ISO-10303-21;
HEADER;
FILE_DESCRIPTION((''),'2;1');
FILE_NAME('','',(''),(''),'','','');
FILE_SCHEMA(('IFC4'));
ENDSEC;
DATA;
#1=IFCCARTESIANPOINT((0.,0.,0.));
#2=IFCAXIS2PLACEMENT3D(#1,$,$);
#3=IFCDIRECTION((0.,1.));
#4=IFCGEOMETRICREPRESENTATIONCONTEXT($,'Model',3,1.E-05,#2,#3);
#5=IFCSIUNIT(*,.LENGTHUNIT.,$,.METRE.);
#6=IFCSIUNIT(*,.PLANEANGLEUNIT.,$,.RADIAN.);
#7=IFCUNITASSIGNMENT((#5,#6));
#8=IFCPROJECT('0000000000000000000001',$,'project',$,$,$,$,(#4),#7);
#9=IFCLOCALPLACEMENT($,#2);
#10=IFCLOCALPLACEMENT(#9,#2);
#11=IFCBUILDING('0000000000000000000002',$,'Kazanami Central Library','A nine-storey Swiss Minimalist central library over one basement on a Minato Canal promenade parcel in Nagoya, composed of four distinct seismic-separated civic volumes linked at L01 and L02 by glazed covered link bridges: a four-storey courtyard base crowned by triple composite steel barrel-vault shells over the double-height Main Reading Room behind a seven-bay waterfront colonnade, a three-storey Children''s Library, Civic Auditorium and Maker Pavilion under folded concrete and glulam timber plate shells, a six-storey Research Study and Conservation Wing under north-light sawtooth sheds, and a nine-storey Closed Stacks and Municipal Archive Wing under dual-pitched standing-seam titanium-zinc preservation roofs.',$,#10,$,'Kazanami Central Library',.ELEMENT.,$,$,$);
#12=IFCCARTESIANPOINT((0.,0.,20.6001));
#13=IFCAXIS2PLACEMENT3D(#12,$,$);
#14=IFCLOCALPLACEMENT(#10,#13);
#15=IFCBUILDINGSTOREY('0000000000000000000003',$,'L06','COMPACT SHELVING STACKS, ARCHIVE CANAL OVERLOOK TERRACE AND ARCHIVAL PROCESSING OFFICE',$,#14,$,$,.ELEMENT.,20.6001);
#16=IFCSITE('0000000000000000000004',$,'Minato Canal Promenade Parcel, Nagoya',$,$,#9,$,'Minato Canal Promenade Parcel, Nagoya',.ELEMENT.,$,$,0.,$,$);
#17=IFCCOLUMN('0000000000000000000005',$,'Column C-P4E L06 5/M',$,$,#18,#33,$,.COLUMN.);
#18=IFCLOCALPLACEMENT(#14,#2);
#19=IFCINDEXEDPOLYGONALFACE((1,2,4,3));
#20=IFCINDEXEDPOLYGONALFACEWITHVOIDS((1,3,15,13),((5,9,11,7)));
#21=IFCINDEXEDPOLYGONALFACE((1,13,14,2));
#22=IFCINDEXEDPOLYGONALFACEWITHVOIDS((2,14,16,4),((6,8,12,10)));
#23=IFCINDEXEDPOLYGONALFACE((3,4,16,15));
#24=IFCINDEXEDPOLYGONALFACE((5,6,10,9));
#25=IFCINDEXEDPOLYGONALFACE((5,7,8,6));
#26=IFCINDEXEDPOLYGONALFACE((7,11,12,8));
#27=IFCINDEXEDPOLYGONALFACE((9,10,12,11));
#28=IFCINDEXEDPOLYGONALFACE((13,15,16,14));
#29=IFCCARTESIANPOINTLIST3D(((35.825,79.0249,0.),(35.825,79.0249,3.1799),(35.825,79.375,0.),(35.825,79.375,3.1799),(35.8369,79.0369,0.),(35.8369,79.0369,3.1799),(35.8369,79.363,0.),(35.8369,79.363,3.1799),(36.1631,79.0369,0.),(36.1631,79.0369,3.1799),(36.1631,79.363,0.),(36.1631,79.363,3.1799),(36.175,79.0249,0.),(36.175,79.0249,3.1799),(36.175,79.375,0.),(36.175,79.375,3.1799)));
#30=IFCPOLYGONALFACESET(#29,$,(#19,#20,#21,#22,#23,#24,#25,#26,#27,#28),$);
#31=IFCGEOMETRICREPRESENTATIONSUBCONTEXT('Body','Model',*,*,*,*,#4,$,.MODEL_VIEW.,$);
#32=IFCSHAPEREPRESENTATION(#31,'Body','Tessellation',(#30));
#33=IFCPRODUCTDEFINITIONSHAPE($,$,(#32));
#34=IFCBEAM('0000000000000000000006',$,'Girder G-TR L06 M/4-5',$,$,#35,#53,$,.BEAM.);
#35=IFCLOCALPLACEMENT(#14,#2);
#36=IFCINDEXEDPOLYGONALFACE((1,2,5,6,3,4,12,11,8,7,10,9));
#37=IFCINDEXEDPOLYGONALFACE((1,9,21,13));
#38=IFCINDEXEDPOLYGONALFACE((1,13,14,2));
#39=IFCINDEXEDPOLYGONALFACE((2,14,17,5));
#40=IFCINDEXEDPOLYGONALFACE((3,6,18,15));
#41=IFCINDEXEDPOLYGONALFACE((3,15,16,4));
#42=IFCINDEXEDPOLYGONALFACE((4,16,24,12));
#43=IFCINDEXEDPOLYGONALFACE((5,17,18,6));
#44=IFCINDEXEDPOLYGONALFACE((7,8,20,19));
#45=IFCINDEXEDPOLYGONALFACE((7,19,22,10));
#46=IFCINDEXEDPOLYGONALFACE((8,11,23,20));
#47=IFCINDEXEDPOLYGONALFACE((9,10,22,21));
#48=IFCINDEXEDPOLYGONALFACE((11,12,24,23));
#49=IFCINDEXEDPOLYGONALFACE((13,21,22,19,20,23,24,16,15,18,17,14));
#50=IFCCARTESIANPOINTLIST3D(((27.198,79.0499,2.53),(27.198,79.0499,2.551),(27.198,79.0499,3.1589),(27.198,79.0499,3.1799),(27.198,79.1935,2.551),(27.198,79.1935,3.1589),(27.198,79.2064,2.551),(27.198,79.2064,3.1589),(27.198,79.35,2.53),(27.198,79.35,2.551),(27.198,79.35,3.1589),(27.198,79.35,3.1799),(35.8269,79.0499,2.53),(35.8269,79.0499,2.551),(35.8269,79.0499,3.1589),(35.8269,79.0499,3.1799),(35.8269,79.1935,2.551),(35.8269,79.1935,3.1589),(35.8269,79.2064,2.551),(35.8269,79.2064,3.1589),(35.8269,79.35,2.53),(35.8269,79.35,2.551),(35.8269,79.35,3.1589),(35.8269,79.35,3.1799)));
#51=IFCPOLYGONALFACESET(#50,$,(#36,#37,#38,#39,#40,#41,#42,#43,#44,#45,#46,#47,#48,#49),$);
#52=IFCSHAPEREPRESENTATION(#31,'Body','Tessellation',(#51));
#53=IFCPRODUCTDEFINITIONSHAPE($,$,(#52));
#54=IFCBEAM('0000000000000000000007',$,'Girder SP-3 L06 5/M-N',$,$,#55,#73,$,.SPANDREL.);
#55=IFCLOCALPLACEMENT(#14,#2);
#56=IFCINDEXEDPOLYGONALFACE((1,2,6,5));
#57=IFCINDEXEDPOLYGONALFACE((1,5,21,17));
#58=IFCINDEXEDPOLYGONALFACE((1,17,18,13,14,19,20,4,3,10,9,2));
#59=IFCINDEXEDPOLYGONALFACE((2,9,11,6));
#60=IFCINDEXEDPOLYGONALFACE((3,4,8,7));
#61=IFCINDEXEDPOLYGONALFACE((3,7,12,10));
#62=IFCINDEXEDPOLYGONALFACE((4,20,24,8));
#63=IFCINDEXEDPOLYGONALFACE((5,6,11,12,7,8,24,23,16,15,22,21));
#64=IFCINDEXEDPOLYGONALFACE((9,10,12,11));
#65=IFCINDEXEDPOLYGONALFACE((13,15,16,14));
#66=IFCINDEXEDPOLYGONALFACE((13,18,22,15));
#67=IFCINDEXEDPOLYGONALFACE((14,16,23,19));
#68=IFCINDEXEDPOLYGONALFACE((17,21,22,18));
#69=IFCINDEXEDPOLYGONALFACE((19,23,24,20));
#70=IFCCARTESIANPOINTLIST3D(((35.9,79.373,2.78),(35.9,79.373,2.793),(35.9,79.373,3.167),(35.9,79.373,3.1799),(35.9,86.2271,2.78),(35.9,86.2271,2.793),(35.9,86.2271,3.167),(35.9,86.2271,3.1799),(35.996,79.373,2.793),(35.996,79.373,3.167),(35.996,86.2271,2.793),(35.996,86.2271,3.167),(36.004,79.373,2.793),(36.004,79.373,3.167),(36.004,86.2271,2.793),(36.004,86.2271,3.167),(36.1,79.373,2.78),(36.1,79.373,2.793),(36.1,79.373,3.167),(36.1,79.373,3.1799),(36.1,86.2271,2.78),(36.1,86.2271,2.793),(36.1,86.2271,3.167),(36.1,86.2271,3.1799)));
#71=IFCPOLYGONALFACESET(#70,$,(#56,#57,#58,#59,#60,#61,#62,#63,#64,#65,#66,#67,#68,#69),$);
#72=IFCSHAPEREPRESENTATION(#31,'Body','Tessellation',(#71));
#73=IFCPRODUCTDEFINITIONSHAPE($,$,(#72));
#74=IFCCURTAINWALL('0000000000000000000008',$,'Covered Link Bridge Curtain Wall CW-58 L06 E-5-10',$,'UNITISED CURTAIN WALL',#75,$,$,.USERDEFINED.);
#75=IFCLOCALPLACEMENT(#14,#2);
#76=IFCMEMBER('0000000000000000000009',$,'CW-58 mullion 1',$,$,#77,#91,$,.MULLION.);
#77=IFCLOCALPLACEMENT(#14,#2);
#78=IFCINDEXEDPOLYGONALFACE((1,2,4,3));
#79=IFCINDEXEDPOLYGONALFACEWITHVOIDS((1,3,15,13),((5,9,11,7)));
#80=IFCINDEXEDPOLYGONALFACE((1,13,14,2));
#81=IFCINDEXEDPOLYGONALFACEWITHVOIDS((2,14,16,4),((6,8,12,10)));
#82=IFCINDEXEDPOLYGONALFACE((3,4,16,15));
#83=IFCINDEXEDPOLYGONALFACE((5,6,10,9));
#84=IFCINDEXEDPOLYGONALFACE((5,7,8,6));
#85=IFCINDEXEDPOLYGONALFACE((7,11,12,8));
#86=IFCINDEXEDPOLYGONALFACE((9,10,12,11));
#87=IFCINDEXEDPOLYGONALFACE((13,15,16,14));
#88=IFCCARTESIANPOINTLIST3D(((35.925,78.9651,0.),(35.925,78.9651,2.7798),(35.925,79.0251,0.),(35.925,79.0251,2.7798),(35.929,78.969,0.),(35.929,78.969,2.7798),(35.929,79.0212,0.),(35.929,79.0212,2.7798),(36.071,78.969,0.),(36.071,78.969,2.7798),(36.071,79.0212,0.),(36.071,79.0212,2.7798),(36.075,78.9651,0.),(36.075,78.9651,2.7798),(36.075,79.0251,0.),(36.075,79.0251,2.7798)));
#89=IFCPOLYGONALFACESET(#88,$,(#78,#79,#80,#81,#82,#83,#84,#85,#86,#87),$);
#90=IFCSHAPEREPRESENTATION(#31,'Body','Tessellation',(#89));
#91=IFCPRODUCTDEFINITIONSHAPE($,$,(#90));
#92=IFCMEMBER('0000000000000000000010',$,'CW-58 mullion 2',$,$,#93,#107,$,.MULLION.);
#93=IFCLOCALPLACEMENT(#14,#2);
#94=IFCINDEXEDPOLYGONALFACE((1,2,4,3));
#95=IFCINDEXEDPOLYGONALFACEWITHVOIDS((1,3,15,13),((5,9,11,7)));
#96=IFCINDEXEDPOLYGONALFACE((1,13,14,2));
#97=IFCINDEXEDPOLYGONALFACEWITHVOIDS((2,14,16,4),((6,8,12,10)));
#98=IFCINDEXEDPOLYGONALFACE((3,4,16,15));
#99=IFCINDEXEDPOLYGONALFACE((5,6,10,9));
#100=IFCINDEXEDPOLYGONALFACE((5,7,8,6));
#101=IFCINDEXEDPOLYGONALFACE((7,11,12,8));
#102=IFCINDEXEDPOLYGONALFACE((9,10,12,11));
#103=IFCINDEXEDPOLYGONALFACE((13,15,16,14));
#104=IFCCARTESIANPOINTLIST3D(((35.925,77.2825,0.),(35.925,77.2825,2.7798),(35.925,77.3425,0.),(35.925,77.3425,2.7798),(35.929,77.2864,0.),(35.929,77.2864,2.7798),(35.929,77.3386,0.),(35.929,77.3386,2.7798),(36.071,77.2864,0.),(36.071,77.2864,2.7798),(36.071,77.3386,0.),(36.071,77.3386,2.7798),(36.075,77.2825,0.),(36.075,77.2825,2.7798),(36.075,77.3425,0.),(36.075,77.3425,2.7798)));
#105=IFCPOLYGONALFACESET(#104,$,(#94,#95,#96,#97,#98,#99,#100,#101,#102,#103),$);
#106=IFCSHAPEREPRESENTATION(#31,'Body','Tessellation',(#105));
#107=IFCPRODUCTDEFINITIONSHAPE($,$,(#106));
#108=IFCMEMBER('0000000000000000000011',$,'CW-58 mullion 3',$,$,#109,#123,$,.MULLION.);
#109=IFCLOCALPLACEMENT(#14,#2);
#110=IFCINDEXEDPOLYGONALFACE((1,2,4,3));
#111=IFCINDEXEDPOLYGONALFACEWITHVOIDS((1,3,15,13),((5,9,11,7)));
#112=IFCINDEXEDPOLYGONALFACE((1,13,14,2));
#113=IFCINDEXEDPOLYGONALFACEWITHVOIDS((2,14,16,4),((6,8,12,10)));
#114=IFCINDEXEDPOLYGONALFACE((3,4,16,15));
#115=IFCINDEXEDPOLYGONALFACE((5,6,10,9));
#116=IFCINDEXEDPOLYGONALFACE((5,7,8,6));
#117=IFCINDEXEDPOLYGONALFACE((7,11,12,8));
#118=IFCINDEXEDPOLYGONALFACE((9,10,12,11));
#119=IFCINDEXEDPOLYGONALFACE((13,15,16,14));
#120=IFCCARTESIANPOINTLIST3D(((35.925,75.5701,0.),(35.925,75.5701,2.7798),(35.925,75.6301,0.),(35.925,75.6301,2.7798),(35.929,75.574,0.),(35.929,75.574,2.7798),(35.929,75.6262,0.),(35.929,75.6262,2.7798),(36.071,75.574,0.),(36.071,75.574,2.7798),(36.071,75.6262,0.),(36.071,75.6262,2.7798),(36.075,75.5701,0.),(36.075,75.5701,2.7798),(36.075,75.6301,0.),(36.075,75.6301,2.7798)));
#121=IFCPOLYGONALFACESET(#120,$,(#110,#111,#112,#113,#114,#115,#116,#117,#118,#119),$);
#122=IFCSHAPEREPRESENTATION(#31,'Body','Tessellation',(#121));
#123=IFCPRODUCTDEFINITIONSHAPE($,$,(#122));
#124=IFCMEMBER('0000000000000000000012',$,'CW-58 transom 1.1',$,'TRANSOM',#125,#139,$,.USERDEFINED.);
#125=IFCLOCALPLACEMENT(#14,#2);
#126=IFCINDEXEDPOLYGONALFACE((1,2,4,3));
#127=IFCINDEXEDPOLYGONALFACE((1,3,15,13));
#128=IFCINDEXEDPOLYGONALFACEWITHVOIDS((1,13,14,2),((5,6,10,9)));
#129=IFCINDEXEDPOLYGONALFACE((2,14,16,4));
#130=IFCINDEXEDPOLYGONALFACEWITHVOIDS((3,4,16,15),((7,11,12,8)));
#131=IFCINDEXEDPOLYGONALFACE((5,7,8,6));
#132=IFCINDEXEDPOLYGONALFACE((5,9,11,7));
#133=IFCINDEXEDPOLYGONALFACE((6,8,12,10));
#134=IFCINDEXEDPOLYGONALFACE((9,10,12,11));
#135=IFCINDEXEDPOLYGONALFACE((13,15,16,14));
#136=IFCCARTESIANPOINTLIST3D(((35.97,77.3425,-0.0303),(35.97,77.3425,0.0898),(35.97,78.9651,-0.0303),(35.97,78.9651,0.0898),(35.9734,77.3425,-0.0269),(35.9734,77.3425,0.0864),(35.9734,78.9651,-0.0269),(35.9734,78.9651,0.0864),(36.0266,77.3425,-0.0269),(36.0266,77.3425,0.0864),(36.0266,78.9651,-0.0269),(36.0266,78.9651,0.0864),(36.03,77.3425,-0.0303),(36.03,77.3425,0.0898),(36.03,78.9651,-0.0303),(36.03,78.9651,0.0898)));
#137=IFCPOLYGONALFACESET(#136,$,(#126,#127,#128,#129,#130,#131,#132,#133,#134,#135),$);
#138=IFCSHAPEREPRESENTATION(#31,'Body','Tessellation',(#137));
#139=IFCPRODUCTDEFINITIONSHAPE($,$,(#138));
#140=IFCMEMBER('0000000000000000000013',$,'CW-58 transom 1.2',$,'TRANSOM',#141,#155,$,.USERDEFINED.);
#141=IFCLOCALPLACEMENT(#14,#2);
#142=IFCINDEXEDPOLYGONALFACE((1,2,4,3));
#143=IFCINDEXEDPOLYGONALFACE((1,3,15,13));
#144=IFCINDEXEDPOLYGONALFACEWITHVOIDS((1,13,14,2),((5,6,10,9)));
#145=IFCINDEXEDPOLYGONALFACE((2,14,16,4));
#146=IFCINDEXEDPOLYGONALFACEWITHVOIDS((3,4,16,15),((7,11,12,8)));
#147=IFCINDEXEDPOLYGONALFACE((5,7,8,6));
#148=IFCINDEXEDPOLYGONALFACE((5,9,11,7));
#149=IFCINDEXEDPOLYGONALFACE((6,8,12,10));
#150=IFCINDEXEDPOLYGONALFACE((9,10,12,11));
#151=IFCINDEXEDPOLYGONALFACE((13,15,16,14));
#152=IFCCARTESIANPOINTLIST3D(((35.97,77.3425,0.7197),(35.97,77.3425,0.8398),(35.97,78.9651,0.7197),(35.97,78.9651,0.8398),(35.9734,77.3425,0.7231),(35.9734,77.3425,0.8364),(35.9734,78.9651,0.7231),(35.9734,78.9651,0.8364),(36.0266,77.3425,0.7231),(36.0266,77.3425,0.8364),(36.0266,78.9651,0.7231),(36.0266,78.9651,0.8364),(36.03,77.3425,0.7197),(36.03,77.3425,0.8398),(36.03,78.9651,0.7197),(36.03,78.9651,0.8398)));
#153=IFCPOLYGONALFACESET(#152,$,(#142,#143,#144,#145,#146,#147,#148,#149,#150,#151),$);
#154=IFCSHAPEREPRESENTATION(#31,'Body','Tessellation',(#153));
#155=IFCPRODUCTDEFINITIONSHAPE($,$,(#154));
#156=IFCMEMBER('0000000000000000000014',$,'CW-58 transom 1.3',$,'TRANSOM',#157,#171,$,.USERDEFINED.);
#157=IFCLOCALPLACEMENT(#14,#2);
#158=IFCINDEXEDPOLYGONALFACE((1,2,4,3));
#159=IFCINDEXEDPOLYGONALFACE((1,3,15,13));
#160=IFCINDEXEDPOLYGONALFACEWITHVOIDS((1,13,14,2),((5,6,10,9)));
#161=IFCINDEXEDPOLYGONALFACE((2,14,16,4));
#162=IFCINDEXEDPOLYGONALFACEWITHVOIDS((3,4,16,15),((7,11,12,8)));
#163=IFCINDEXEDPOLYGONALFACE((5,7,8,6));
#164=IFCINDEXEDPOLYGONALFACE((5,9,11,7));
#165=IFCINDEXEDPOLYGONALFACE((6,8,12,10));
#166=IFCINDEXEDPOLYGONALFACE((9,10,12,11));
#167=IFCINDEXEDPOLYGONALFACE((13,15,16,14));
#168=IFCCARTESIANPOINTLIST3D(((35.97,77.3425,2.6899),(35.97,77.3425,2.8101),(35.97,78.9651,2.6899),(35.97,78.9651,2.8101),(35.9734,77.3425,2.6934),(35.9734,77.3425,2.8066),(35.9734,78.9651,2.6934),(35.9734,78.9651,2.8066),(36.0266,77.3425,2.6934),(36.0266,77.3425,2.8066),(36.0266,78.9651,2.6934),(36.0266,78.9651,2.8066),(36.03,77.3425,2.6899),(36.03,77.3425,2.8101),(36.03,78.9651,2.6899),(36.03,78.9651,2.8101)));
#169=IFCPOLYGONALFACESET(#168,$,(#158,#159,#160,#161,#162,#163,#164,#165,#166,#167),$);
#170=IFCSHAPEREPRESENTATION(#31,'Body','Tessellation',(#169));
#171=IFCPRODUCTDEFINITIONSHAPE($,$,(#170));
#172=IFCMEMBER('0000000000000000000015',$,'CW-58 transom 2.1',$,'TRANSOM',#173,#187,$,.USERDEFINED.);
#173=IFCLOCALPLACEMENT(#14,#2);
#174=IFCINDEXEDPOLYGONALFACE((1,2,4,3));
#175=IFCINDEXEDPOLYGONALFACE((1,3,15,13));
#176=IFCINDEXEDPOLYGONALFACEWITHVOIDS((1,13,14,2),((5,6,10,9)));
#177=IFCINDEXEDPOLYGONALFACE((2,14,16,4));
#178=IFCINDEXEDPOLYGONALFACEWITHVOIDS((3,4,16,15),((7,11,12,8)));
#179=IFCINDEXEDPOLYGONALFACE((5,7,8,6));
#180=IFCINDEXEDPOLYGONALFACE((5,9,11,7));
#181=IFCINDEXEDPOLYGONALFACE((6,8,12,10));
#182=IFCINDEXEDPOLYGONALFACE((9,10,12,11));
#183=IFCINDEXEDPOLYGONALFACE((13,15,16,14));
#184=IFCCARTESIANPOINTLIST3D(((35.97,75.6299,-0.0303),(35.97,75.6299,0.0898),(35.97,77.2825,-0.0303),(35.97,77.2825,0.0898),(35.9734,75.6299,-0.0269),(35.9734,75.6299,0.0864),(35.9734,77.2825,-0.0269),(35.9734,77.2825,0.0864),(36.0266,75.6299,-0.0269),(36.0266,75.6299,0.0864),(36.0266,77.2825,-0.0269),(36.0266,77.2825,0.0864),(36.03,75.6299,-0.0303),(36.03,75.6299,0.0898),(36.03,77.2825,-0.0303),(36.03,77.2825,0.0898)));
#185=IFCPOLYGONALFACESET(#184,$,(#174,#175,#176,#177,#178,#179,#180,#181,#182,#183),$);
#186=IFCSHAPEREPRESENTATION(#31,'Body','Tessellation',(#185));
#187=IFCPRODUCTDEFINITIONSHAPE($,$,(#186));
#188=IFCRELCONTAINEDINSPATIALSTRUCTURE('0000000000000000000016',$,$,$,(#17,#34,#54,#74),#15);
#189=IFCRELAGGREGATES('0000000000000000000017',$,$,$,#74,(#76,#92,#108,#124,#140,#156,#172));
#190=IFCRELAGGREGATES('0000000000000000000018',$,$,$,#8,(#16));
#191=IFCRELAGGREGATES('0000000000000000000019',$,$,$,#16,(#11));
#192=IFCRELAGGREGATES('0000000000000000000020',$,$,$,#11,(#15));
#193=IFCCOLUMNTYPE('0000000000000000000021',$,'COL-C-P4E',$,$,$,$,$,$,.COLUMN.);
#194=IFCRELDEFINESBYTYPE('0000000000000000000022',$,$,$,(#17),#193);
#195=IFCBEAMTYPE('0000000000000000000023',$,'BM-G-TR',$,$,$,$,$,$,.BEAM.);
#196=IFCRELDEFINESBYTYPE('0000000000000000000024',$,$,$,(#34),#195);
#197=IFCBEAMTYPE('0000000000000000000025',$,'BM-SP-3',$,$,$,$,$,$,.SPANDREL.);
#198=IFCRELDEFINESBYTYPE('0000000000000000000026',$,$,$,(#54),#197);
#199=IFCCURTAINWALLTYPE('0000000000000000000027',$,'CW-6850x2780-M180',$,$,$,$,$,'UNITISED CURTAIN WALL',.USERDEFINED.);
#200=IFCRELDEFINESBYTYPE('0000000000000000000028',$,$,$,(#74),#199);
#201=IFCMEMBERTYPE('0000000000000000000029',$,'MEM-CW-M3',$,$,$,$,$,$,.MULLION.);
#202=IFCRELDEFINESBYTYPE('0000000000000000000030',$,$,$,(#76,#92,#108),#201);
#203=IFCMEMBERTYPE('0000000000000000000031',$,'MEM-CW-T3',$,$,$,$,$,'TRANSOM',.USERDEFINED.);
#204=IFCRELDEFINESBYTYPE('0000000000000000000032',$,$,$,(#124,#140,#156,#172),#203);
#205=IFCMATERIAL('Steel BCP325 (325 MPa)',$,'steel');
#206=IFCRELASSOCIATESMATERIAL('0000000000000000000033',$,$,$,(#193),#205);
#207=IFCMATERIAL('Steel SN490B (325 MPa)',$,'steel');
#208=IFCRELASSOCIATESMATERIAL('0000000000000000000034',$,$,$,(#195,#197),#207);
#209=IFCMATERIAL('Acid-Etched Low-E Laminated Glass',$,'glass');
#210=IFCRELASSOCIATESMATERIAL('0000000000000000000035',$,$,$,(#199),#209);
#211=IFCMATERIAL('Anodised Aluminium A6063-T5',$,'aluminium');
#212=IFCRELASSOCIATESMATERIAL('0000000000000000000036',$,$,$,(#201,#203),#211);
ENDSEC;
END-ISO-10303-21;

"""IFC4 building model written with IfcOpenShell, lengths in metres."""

from ifc_helpers import new_model, si_unit, direction, frame, origin, origin_2d, place, context, subcontext, project, spatial, hollow_rectangle, i_section, extrude, material, material_profile, profile_set, type_object, element, aggregate, save


model = new_model("IFC4")

# Units and contexts
model_context = context("Model", 3, precision=1e-05, world=origin(), true_north=direction((0.0, 1.0)))
body_context = subcontext(model_context, "Body", "Model", "MODEL_VIEW")
ifc_project = project(units=[si_unit("LENGTHUNIT", "METRE"), si_unit("PLANEANGLEUNIT", "RADIAN")], contexts=[model_context])

# Site, building, storey
site_placement = place(None, origin())
site = spatial("IfcSite", under=ifc_project, at=site_placement, Name="Minato Canal Promenade Parcel, Nagoya", LongName="Minato Canal Promenade Parcel, Nagoya", CompositionType="ELEMENT", RefElevation=0.0)
building_placement = place(site_placement, origin())
building = spatial("IfcBuilding", under=site, at=building_placement, Name="Kazanami Central Library", Description="A nine-storey Swiss Minimalist central library over one basement on a Minato Canal promenade parcel in Nagoya, composed of four distinct seismic-separated civic volumes linked at L01 and L02 by glazed covered link bridges: a four-storey courtyard base crowned by triple composite steel barrel-vault shells over the double-height Main Reading Room behind a seven-bay waterfront colonnade, a three-storey Children's Library, Civic Auditorium and Maker Pavilion under folded concrete and glulam timber plate shells, a six-storey Research Study and Conservation Wing under north-light sawtooth sheds, and a nine-storey Closed Stacks and Municipal Archive Wing under dual-pitched standing-seam titanium-zinc preservation roofs.", LongName="Kazanami Central Library", CompositionType="ELEMENT")
storey_placement = place(building_placement, frame((0.0, 0.0, 20.6001)))
storey = spatial("IfcBuildingStorey", under=building, at=storey_placement, Name="L06", Description="COMPACT SHELVING STACKS, ARCHIVE CANAL OVERLOOK TERRACE AND ARCHIVAL PROCESSING OFFICE", CompositionType="ELEMENT", Elevation=20.6001)

# Column
ifc_material_1 = material(Name="Steel BCP325 (325 MPa)", Category="steel")
ifc_material_profile_1 = material_profile(ifc_material_1, hollow_rectangle(XDim=0.3501, YDim=0.3501, WallThickness=0.012, at=origin_2d()), Name="STKR-350x350x12")
ifc_profile_set_1 = profile_set([ifc_material_profile_1], Name="Steel BCP325 (325 MPa)")
column_type = type_object("IfcColumnType", Name="COL-C-P4E", PredefinedType="COLUMN", material=ifc_profile_set_1)
column_placement = place(storey_placement, frame((36.0, 79.2, 0.0), z_axis=(0.0, 0.0, 1.0), x_axis=(1.0, 0.0, 0.0)))
element("IfcColumn", 1, at=column_placement, inside=storey, type_object=column_type, Name="Column C-P4E L06 5/M", PredefinedType="COLUMN", context=body_context, shape_type="SweptSolid", body=[
    extrude(hollow_rectangle(XDim=0.3501, YDim=0.3501, WallThickness=0.012, at=origin_2d()), origin(), (0.0, 0.0, 1.0), 3.1799),
])

# Beams
ifc_material_2 = material(Name="Steel SN490B (325 MPa)", Category="steel")
ifc_material_profile_2 = material_profile(ifc_material_2, i_section(OverallWidth=0.3, OverallDepth=0.6499, WebThickness=0.0129, FlangeThickness=0.021, at=origin_2d()), Name="H-650x300x13x21")
ifc_profile_set_2 = profile_set([ifc_material_profile_2], Name="Steel SN490B (325 MPa)")
beam_type_1 = type_object("IfcBeamType", Name="BM-G-TR", PredefinedType="BEAM", material=ifc_profile_set_2)
beam_1_placement = place(storey_placement, frame((27.198, 79.2, 2.855), z_axis=(1.0, 0.0, 0.0), x_axis=(0.0, 1.0, 0.0)))
element("IfcBeam", 2, at=beam_1_placement, inside=storey, type_object=beam_type_1, Name="Girder G-TR L06 M/4-5", PredefinedType="BEAM", context=body_context, shape_type="SweptSolid", body=[
    extrude(i_section(OverallWidth=0.3, OverallDepth=0.6499, WebThickness=0.0129, FlangeThickness=0.021, at=origin_2d()), origin(), (0.0, 0.0, 1.0), 8.6289),
])
ifc_material_profile_3 = material_profile(ifc_material_2, i_section(OverallWidth=0.2, OverallDepth=0.3999, WebThickness=0.0081, FlangeThickness=0.0129, at=origin_2d()), Name="H-400x200x8x13")
ifc_profile_set_3 = profile_set([ifc_material_profile_3], Name="Steel SN490B (325 MPa)")
beam_type_2 = type_object("IfcBeamType", Name="BM-SP-3", PredefinedType="SPANDREL", material=ifc_profile_set_3)
beam_2_placement = place(storey_placement, frame((36.0, 79.373, 2.98), z_axis=(0.0, 1.0, 0.0), x_axis=(-1.0, 0.0, 0.0)))
element("IfcBeam", 3, at=beam_2_placement, inside=storey, type_object=beam_type_2, Name="Girder SP-3 L06 5/M-N", PredefinedType="SPANDREL", context=body_context, shape_type="SweptSolid", body=[
    extrude(i_section(OverallWidth=0.2, OverallDepth=0.3999, WebThickness=0.0081, FlangeThickness=0.0129, at=origin_2d()), origin(), (0.0, 0.0, 1.0), 6.854),
])

# Curtain wall, members
ifc_material_3 = material(Name="Acid-Etched Low-E Laminated Glass", Category="glass")
curtain_wall_type = type_object("IfcCurtainWallType", Name="CW-6850x2780-M180", ElementType="UNITISED CURTAIN WALL", PredefinedType="USERDEFINED", material=ifc_material_3)
curtain_wall_placement = place(storey_placement, origin())
curtain_wall = element("IfcCurtainWall", 4, at=curtain_wall_placement, inside=storey, type_object=curtain_wall_type, Name="Covered Link Bridge Curtain Wall CW-58 L06 E-5-10", ObjectType="UNITISED CURTAIN WALL", PredefinedType="USERDEFINED")
ifc_material_4 = material(Name="Anodised Aluminium A6063-T5", Category="aluminium")
ifc_material_profile_4 = material_profile(ifc_material_4, hollow_rectangle(XDim=0.0601, YDim=0.1499, WallThickness=0.0039, at=origin_2d()), Name="ALU-MULL-60x150x4")
ifc_profile_set_4 = profile_set([ifc_material_profile_4], Name="Anodised Aluminium A6063-T5")
member_type_1 = type_object("IfcMemberType", Name="MEM-CW-M3", PredefinedType="MULLION", material=ifc_profile_set_4)
member_1_placement = place(storey_placement, frame((36.0, 78.9951, 0.0), z_axis=(0.0, 0.0, 1.0), x_axis=(0.0, -1.0, 0.0)))
member_1 = element("IfcMember", 5, at=member_1_placement, type_object=member_type_1, Name="CW-58 mullion 1", PredefinedType="MULLION", context=body_context, shape_type="SweptSolid", body=[
    extrude(hollow_rectangle(XDim=0.0601, YDim=0.1499, WallThickness=0.0039, at=origin_2d()), origin(), (0.0, 0.0, 1.0), 2.7798),
])
member_2_placement = place(storey_placement, frame((36.0, 77.3125, 0.0), z_axis=(0.0, 0.0, 1.0), x_axis=(0.0, -1.0, 0.0)))
member_2 = element("IfcMember", 6, at=member_2_placement, type_object=member_type_1, Name="CW-58 mullion 2", PredefinedType="MULLION", context=body_context, shape_type="SweptSolid", body=[
    extrude(hollow_rectangle(XDim=0.0601, YDim=0.1499, WallThickness=0.0039, at=origin_2d()), origin(), (0.0, 0.0, 1.0), 2.7798),
])
member_3_placement = place(storey_placement, frame((36.0, 75.6001, 0.0), z_axis=(0.0, 0.0, 1.0), x_axis=(0.0, -1.0, 0.0)))
member_3 = element("IfcMember", 7, at=member_3_placement, type_object=member_type_1, Name="CW-58 mullion 3", PredefinedType="MULLION", context=body_context, shape_type="SweptSolid", body=[
    extrude(hollow_rectangle(XDim=0.0601, YDim=0.1499, WallThickness=0.0039, at=origin_2d()), origin(), (0.0, 0.0, 1.0), 2.7798),
])
ifc_material_profile_5 = material_profile(ifc_material_4, hollow_rectangle(XDim=0.0601, YDim=0.1201, WallThickness=0.0034, at=origin_2d()), Name="ALU-TRAN-60x120x3.5")
ifc_profile_set_5 = profile_set([ifc_material_profile_5], Name="Anodised Aluminium A6063-T5")
member_type_2 = type_object("IfcMemberType", Name="MEM-CW-T3", ElementType="TRANSOM", PredefinedType="USERDEFINED", material=ifc_profile_set_5)
member_4_placement = place(storey_placement, frame((36.0, 78.9651, 0.0298), z_axis=(0.0, -1.0, 0.0), x_axis=(1.0, 0.0, 0.0)))
member_4 = element("IfcMember", 8, at=member_4_placement, type_object=member_type_2, Name="CW-58 transom 1.1", ObjectType="TRANSOM", PredefinedType="USERDEFINED", context=body_context, shape_type="SweptSolid", body=[
    extrude(hollow_rectangle(XDim=0.0601, YDim=0.1201, WallThickness=0.0034, at=origin_2d()), origin(), (0.0, 0.0, 1.0), 1.6226),
])
member_5_placement = place(storey_placement, frame((36.0, 78.9651, 0.7798), z_axis=(0.0, -1.0, 0.0), x_axis=(1.0, 0.0, 0.0)))
member_5 = element("IfcMember", 9, at=member_5_placement, type_object=member_type_2, Name="CW-58 transom 1.2", ObjectType="TRANSOM", PredefinedType="USERDEFINED", context=body_context, shape_type="SweptSolid", body=[
    extrude(hollow_rectangle(XDim=0.0601, YDim=0.1201, WallThickness=0.0034, at=origin_2d()), origin(), (0.0, 0.0, 1.0), 1.6226),
])
member_6_placement = place(storey_placement, frame((36.0, 78.9651, 2.75), z_axis=(0.0, -1.0, 0.0), x_axis=(1.0, 0.0, 0.0)))
member_6 = element("IfcMember", 10, at=member_6_placement, type_object=member_type_2, Name="CW-58 transom 1.3", ObjectType="TRANSOM", PredefinedType="USERDEFINED", context=body_context, shape_type="SweptSolid", body=[
    extrude(hollow_rectangle(XDim=0.0601, YDim=0.1201, WallThickness=0.0034, at=origin_2d()), origin(), (0.0, 0.0, 1.0), 1.6226),
])
member_7_placement = place(storey_placement, frame((36.0, 77.2825, 0.0298), z_axis=(0.0, -1.0, 0.0), x_axis=(1.0, 0.0, 0.0)))
member_7 = element("IfcMember", 11, at=member_7_placement, type_object=member_type_2, Name="CW-58 transom 2.1", ObjectType="TRANSOM", PredefinedType="USERDEFINED", context=body_context, shape_type="SweptSolid", body=[
    extrude(hollow_rectangle(XDim=0.0601, YDim=0.1201, WallThickness=0.0034, at=origin_2d()), origin(), (0.0, 0.0, 1.0), 1.6526),
])
aggregate(curtain_wall, [member_1, member_2, member_3, member_4, member_5, member_6, member_7])

save(model, "model.ifc")
